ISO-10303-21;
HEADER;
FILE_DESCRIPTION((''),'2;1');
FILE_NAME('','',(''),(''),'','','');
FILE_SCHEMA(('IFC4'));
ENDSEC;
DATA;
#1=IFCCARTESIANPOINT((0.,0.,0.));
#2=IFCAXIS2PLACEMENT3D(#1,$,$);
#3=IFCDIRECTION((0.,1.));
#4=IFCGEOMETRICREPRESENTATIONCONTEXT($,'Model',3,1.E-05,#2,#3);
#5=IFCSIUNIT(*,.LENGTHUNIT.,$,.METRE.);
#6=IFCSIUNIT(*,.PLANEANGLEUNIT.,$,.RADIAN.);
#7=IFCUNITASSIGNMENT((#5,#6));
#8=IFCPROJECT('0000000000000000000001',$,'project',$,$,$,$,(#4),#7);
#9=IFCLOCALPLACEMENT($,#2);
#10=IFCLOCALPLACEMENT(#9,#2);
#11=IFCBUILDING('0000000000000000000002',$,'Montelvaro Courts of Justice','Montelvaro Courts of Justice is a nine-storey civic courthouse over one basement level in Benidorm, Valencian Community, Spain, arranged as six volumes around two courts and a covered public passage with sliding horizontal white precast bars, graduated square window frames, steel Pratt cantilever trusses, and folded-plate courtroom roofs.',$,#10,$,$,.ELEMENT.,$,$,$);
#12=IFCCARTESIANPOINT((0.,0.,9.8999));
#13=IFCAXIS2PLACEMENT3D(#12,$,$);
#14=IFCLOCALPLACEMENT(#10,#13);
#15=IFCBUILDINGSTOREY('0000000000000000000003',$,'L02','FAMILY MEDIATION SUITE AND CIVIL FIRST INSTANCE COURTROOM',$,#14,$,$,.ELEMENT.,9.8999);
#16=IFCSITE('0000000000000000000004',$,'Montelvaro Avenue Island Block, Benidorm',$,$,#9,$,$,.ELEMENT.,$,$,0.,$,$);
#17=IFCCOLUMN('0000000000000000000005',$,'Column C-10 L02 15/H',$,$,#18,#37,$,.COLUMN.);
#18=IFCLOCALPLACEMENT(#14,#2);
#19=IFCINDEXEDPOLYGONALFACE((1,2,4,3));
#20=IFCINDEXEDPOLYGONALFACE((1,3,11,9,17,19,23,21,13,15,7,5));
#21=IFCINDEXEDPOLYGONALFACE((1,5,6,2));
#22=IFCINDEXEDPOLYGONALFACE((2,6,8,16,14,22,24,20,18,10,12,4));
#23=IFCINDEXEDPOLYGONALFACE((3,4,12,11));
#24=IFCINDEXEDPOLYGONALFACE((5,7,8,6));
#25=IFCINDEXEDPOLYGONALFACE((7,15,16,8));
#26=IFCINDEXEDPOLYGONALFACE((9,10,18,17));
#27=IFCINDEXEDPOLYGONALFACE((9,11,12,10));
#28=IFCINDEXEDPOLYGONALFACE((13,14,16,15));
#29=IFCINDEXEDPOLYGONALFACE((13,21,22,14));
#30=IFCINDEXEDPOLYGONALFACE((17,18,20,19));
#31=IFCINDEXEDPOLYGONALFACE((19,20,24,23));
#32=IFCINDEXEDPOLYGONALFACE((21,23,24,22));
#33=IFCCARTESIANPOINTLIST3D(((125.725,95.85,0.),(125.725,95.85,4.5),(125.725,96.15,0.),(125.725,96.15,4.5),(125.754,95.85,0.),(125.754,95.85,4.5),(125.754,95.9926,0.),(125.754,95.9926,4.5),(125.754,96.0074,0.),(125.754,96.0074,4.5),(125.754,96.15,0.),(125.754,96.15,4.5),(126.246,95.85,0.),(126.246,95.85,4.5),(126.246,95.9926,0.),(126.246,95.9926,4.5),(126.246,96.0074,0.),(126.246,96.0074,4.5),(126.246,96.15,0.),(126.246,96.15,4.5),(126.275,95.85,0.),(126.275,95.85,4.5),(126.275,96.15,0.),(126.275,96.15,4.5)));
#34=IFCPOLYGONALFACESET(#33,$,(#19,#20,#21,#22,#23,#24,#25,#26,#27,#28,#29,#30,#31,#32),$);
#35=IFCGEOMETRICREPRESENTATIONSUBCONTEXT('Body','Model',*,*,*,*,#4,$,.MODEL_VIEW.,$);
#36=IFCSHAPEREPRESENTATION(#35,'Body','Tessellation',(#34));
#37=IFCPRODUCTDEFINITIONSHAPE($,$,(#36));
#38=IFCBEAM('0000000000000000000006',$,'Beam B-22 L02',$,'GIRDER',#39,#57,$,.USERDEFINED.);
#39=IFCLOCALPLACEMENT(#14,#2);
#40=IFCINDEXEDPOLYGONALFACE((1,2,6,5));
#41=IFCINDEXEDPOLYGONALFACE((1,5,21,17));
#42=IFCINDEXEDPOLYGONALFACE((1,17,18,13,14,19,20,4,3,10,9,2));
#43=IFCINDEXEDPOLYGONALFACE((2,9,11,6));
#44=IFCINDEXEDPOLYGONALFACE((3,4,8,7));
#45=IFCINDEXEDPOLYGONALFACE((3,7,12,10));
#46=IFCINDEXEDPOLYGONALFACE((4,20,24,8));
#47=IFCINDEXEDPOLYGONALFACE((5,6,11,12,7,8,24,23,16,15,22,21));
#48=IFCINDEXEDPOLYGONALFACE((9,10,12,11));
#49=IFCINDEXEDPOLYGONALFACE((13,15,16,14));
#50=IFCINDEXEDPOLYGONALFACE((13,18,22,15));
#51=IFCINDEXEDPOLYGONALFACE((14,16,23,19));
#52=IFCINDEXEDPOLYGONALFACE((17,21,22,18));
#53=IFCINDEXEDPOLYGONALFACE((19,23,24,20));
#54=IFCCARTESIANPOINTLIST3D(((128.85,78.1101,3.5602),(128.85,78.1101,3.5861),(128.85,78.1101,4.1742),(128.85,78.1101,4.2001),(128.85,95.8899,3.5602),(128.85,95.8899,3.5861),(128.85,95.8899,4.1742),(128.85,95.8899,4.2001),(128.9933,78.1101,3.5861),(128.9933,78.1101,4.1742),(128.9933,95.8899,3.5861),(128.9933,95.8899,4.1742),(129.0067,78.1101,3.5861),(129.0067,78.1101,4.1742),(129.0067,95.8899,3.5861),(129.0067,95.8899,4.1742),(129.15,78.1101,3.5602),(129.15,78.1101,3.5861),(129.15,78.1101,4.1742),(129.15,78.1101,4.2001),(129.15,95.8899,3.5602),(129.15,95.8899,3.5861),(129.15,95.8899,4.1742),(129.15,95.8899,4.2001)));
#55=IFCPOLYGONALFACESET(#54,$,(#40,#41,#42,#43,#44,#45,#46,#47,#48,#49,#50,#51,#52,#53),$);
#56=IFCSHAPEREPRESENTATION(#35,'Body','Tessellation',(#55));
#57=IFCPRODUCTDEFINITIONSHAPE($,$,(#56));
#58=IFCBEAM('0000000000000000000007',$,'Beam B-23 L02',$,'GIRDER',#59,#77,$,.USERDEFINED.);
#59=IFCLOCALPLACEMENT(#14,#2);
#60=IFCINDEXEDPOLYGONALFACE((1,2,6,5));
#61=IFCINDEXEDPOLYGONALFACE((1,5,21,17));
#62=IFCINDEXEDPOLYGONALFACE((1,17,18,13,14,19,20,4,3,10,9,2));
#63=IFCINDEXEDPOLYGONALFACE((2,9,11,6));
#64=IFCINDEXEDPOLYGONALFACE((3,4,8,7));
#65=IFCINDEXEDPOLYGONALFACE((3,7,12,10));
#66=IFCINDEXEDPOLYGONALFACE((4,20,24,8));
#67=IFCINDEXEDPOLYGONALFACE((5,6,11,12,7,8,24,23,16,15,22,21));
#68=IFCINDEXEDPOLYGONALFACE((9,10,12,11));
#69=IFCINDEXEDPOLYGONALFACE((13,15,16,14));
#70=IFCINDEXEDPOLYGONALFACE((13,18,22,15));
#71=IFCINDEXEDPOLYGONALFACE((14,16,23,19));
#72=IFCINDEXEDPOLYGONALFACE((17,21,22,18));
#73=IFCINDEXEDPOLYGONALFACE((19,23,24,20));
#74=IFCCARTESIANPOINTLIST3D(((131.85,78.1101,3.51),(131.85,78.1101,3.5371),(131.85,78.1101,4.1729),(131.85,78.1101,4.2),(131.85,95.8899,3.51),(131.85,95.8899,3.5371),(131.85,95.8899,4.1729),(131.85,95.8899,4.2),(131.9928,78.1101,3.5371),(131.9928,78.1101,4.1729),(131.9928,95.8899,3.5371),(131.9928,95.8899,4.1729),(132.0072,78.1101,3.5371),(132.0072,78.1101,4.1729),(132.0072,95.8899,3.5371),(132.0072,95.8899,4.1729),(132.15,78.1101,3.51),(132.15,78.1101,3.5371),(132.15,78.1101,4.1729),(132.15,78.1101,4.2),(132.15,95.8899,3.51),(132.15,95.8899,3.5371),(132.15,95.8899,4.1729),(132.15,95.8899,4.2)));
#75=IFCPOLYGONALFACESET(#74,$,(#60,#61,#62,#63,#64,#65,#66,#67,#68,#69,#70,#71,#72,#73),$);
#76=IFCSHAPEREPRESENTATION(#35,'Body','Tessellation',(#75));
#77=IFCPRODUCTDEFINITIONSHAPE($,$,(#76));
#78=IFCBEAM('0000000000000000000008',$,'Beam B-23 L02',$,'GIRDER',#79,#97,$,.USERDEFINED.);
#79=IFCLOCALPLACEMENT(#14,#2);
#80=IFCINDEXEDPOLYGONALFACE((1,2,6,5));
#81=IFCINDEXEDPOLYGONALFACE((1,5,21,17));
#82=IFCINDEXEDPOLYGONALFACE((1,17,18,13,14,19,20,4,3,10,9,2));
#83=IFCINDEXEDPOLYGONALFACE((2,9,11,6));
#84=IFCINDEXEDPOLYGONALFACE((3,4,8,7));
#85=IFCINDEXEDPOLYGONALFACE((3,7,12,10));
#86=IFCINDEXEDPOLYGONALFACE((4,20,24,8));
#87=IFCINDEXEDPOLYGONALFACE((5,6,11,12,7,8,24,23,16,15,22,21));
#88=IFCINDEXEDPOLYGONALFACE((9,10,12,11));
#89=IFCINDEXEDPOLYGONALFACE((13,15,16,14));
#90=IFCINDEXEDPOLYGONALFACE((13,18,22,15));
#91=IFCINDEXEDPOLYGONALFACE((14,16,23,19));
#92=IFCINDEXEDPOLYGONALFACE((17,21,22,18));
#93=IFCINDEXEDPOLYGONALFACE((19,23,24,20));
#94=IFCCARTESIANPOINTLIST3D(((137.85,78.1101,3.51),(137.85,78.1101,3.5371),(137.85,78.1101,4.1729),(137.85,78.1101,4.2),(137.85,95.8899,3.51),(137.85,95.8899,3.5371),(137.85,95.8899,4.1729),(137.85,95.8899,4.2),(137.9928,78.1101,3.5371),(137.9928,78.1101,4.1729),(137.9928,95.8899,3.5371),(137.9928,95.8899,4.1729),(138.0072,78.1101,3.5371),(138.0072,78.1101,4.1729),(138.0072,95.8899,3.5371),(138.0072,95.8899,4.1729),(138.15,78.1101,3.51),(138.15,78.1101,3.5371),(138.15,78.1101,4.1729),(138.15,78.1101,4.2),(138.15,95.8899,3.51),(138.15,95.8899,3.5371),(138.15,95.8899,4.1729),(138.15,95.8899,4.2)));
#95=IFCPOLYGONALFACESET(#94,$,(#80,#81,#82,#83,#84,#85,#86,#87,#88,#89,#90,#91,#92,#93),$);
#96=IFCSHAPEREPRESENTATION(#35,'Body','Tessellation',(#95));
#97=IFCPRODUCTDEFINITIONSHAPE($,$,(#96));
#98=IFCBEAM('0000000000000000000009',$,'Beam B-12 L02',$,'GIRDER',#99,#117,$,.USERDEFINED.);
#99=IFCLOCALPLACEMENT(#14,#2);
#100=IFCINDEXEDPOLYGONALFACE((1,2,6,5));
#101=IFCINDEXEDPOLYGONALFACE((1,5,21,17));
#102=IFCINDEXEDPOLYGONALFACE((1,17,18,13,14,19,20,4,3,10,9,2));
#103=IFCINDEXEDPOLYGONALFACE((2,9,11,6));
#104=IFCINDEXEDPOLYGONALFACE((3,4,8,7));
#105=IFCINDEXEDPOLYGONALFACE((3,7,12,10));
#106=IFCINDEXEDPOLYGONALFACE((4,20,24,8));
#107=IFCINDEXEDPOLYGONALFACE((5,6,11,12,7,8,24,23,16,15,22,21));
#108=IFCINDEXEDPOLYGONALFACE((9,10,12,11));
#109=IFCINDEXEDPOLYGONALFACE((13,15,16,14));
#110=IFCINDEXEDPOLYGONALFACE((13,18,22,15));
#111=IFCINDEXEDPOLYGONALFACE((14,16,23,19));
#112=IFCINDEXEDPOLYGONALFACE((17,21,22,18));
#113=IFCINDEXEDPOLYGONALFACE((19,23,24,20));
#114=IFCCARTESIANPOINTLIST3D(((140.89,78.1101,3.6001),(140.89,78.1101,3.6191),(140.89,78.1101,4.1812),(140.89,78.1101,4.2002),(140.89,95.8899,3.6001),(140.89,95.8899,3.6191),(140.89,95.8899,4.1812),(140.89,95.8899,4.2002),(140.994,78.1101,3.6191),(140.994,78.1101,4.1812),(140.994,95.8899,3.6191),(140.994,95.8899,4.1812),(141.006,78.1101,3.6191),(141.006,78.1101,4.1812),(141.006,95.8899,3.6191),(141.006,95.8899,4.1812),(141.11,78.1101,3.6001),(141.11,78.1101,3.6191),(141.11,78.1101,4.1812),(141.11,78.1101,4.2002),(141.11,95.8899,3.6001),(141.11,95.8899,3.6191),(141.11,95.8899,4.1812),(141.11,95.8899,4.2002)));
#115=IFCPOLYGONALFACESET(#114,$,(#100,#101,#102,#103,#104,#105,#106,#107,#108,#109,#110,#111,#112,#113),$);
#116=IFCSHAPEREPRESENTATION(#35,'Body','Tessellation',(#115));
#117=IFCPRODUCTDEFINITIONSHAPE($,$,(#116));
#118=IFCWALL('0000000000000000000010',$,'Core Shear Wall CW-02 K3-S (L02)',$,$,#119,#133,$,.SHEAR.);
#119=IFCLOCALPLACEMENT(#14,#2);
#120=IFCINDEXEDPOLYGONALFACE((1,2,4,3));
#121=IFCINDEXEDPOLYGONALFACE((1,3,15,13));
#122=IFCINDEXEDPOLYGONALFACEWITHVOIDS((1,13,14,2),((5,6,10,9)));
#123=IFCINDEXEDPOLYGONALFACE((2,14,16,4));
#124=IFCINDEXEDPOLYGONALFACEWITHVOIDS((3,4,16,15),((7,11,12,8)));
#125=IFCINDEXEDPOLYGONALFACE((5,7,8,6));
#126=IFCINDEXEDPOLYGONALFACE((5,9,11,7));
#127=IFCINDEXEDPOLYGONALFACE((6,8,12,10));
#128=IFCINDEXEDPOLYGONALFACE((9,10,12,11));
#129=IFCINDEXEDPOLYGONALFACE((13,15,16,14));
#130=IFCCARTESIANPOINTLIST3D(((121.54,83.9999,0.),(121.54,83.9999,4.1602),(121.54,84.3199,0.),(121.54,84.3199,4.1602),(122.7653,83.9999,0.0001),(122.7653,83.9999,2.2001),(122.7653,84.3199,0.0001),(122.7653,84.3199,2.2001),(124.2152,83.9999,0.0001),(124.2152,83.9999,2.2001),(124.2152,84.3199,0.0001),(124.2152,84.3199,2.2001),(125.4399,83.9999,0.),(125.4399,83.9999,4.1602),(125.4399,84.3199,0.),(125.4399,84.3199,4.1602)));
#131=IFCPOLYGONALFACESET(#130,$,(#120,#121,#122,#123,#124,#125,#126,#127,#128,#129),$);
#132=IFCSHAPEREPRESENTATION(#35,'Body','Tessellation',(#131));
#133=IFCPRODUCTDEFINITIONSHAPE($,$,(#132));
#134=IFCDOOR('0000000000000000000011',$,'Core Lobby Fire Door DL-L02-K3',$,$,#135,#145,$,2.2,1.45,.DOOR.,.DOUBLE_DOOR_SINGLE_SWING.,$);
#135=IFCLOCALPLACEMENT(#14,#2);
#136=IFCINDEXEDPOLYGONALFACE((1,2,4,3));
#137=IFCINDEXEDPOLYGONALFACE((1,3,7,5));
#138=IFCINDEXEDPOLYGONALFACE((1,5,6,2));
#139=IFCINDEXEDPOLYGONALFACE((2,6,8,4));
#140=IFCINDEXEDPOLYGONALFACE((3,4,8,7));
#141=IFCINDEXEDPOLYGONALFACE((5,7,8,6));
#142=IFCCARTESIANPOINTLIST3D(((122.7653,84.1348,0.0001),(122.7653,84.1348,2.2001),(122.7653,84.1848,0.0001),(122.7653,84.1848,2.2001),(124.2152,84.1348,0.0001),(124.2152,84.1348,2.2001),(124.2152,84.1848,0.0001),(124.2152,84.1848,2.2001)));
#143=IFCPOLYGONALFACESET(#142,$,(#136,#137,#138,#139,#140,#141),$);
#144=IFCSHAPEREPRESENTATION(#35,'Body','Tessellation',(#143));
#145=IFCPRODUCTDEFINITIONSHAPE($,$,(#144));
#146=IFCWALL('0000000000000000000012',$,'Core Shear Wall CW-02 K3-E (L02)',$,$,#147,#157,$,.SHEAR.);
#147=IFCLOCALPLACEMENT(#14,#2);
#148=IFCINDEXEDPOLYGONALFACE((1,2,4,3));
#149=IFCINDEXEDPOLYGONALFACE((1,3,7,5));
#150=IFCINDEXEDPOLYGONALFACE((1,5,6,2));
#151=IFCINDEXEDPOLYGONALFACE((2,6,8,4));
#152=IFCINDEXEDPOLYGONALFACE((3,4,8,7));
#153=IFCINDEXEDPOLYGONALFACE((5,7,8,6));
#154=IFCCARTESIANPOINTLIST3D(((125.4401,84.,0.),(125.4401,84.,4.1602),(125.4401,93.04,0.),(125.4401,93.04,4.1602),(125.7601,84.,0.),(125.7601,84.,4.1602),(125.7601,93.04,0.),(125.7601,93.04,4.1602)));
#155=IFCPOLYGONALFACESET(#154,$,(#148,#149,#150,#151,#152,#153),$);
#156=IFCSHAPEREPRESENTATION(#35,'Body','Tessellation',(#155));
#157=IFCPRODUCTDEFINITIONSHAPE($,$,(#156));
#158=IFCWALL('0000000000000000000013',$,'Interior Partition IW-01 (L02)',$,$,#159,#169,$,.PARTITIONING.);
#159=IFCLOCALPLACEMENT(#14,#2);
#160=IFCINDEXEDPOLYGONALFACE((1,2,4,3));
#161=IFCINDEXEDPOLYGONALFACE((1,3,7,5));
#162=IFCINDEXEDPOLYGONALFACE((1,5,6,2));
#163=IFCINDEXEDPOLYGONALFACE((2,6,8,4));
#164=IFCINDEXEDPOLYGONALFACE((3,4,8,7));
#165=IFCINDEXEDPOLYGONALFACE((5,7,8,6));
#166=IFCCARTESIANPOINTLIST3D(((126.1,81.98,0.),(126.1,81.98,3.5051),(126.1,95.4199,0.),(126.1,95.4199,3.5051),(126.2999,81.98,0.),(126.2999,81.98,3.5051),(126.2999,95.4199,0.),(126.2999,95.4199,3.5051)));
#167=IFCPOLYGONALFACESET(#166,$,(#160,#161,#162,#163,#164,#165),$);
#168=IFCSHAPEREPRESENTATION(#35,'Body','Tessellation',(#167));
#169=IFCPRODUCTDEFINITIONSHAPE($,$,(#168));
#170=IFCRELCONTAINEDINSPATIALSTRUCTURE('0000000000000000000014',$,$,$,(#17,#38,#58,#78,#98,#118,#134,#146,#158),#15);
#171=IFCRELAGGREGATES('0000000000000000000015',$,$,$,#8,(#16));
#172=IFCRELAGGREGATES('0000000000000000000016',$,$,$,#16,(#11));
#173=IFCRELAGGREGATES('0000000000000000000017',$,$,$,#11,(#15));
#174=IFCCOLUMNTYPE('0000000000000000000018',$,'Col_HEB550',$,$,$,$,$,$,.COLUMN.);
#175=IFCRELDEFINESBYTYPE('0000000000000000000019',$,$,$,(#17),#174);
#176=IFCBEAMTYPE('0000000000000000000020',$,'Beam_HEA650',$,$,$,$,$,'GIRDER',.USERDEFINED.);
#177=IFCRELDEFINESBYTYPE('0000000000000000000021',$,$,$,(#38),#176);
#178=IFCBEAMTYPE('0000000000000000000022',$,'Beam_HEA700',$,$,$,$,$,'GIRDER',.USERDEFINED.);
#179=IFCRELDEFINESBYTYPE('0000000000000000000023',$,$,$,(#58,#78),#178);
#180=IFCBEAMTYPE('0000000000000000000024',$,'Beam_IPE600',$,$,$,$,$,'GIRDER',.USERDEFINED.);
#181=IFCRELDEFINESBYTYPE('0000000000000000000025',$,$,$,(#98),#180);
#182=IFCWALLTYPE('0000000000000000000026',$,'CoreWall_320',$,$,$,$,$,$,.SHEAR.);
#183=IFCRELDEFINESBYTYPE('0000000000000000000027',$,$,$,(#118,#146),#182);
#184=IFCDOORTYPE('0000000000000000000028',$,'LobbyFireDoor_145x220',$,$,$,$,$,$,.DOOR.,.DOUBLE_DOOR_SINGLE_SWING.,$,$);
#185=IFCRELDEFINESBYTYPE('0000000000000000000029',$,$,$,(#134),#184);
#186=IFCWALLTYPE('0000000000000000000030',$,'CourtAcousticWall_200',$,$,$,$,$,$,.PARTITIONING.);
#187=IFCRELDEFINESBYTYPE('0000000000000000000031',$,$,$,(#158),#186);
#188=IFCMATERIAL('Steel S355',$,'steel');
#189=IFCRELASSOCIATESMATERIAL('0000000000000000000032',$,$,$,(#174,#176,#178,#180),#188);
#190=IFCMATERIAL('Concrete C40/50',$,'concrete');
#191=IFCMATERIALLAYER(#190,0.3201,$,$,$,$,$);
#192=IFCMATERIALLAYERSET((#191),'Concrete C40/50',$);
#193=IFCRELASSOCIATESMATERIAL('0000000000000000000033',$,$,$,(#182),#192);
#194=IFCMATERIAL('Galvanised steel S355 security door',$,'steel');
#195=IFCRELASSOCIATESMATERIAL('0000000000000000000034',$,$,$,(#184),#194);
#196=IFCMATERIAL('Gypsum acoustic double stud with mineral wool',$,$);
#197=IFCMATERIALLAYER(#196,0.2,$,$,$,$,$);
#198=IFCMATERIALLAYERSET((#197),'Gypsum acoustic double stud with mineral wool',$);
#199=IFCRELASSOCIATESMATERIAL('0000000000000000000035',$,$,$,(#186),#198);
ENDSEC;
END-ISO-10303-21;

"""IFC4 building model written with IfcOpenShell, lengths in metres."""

from ifc_helpers import new_model, si_unit, direction, frame, frame_2d, origin, origin_2d, place, context, subcontext, project, spatial, rectangle, i_section, extrude, material, layer, layer_set, material_profile, profile_set, type_object, element, fill, save


model = new_model("IFC4")

# Units and contexts
model_context = context("Model", 3, precision=1e-05, world=origin(), true_north=direction((0.0, 1.0)))
body_context = subcontext(model_context, "Body", "Model", "MODEL_VIEW")
ifc_project = project(units=[si_unit("LENGTHUNIT", "METRE"), si_unit("PLANEANGLEUNIT", "RADIAN")], contexts=[model_context])

# Site, building, storey
site_placement = place(None, origin())
site = spatial("IfcSite", under=ifc_project, at=site_placement, Name="Montelvaro Avenue Island Block, Benidorm", CompositionType="ELEMENT", RefElevation=0.0)
building_placement = place(site_placement, origin())
building = spatial("IfcBuilding", under=site, at=building_placement, Name="Montelvaro Courts of Justice", Description="Montelvaro Courts of Justice is a nine-storey civic courthouse over one basement level in Benidorm, Valencian Community, Spain, arranged as six volumes around two courts and a covered public passage with sliding horizontal white precast bars, graduated square window frames, steel Pratt cantilever trusses, and folded-plate courtroom roofs.", CompositionType="ELEMENT")
storey_placement = place(building_placement, frame((0.0, 0.0, 9.8999)))
storey = spatial("IfcBuildingStorey", under=building, at=storey_placement, Name="L02", Description="FAMILY MEDIATION SUITE AND CIVIL FIRST INSTANCE COURTROOM", CompositionType="ELEMENT", Elevation=9.8999)

# Column
ifc_material_1 = material(Name="Steel S355", Category="steel")
ifc_material_profile_1 = material_profile(ifc_material_1, i_section(OverallWidth=0.3, OverallDepth=0.55, WebThickness=0.0149, FlangeThickness=0.0291, at=origin_2d()), Name="HEB 550")
ifc_profile_set_1 = profile_set([ifc_material_profile_1], Name="Steel S355")
column_type = type_object("IfcColumnType", Name="Col_HEB550", PredefinedType="COLUMN", material=ifc_profile_set_1)
column_placement = place(storey_placement, frame((126.0, 96.0, 0.0), z_axis=(0.0, 0.0, 1.0), x_axis=(0.0, 1.0, 0.0)))
element("IfcColumn", 1, at=column_placement, inside=storey, type_object=column_type, Name="Column C-10 L02 15/H", PredefinedType="COLUMN", context=body_context, shape_type="SweptSolid", body=[
    extrude(i_section(OverallWidth=0.3, OverallDepth=0.55, WebThickness=0.0149, FlangeThickness=0.0291, at=origin_2d()), origin(), (0.0, 0.0, 1.0), 4.5),
])

# Beams
ifc_material_profile_2 = material_profile(ifc_material_1, i_section(OverallWidth=0.3, OverallDepth=0.6399, WebThickness=0.0134, FlangeThickness=0.0259, at=origin_2d()), Name="HEA 650")
ifc_profile_set_2 = profile_set([ifc_material_profile_2], Name="Steel S355")
beam_type_1 = type_object("IfcBeamType", Name="Beam_HEA650", ElementType="GIRDER", PredefinedType="USERDEFINED", material=ifc_profile_set_2)
beam_1_placement = place(storey_placement, frame((129.0, 78.1101, 3.8801), z_axis=(0.0, 1.0, 0.0), x_axis=(-1.0, 0.0, 0.0)))
element("IfcBeam", 2, at=beam_1_placement, inside=storey, type_object=beam_type_1, Name="Beam B-22 L02", ObjectType="GIRDER", PredefinedType="USERDEFINED", context=body_context, shape_type="SweptSolid", body=[
    extrude(i_section(OverallWidth=0.3, OverallDepth=0.6399, WebThickness=0.0134, FlangeThickness=0.0259, at=origin_2d()), origin(), (0.0, 0.0, 1.0), 17.7798),
])
ifc_material_profile_3 = material_profile(ifc_material_1, i_section(OverallWidth=0.3, OverallDepth=0.6899, WebThickness=0.0144, FlangeThickness=0.0271, at=origin_2d()), Name="HEA 700")
ifc_profile_set_3 = profile_set([ifc_material_profile_3], Name="Steel S355")
beam_type_2 = type_object("IfcBeamType", Name="Beam_HEA700", ElementType="GIRDER", PredefinedType="USERDEFINED", material=ifc_profile_set_3)
for number, where, z_axis, x_axis, name in (
    (3, (132.0, 78.1101, 3.855), (0.0, 1.0, 0.0), (-1.0, 0.0, 0.0), "Beam B-23 L02"),
    (4, (138.0, 78.1101, 3.855), (0.0, 1.0, 0.0), (-1.0, 0.0, 0.0), "Beam B-23 L02"),
):
    element("IfcBeam", number, at=place(storey_placement, frame(where, z_axis=z_axis, x_axis=x_axis)), inside=storey, type_object=beam_type_2, Name=name, ObjectType="GIRDER", PredefinedType="USERDEFINED", context=body_context, shape_type="SweptSolid", body=[
        extrude(i_section(OverallWidth=0.3, OverallDepth=0.6899, WebThickness=0.0144, FlangeThickness=0.0271, at=origin_2d()), origin(), (0.0, 0.0, 1.0), 17.7798),
    ])
ifc_material_profile_4 = material_profile(ifc_material_1, i_section(OverallWidth=0.22, OverallDepth=0.6001, WebThickness=0.012, FlangeThickness=0.019, at=origin_2d()), Name="IPE 600")
ifc_profile_set_4 = profile_set([ifc_material_profile_4], Name="Steel S355")
beam_type_3 = type_object("IfcBeamType", Name="Beam_IPE600", ElementType="GIRDER", PredefinedType="USERDEFINED", material=ifc_profile_set_4)
beam_2_placement = place(storey_placement, frame((141.0, 78.1101, 3.9001), z_axis=(0.0, 1.0, 0.0), x_axis=(-1.0, 0.0, 0.0)))
element("IfcBeam", 5, at=beam_2_placement, inside=storey, type_object=beam_type_3, Name="Beam B-12 L02", ObjectType="GIRDER", PredefinedType="USERDEFINED", context=body_context, shape_type="SweptSolid", body=[
    extrude(i_section(OverallWidth=0.22, OverallDepth=0.6001, WebThickness=0.012, FlangeThickness=0.019, at=origin_2d()), origin(), (0.0, 0.0, 1.0), 17.7798),
])

# Wall, opening, door
ifc_material_2 = material(Name="Concrete C40/50", Category="concrete")
ifc_layer_1 = layer(ifc_material_2, 0.3201)
ifc_layer_set_1 = layer_set([ifc_layer_1], Name="Concrete C40/50")
wall_type_1 = type_object("IfcWallType", Name="CoreWall_320", PredefinedType="SHEAR", material=ifc_layer_set_1)
wall_1_placement = place(storey_placement, frame((121.54, 84.1599, 0.0), z_axis=(0.0, 0.0, 1.0), x_axis=(1.0, 0.0, 0.0)))
wall_1 = element("IfcWall", 6, at=wall_1_placement, inside=storey, type_object=wall_type_1, Name="Core Shear Wall CW-02 K3-S (L02)", PredefinedType="SHEAR", context=body_context, shape_type="SweptSolid", body=[
    extrude(rectangle(XDim=3.8999, YDim=0.3201, at=frame_2d((1.95, 0.0))), origin(), (0.0, 0.0, 1.0), 4.1602),
])
opening_1_placement = place(wall_1_placement, frame((1.2251, 0.0, 0.0)))
opening_1 = element("IfcOpeningElement", 7, at=opening_1_placement, cuts=wall_1, PredefinedType="OPENING", context=body_context, shape_type="SweptSolid", body=[
    extrude(rectangle(XDim=1.45, YDim=2.2, at=frame_2d((0.7251, 1.1001))), frame((0.0, 0.1748, 0.0), z_axis=(0.0, -1.0, 0.0), x_axis=(1.0, 0.0, 0.0)), (0.0, 0.0, 1.0), 0.3499),
])
ifc_material_3 = material(Name="Galvanised steel S355 security door", Category="steel")
door_type_1 = type_object("IfcDoorType", Name="LobbyFireDoor_145x220", OperationType="DOUBLE_DOOR_SINGLE_SWING", PredefinedType="DOOR", material=ifc_material_3)
door_1_placement = place(opening_1_placement, origin())
door_1 = element("IfcDoor", 8, at=door_1_placement, inside=storey, type_object=door_type_1, Name="Core Lobby Fire Door DL-L02-K3", OperationType="DOUBLE_DOOR_SINGLE_SWING", OverallHeight=2.2, OverallWidth=1.45, PredefinedType="DOOR", context=body_context, shape_type="SweptSolid", body=[
    extrude(rectangle(XDim=1.45, YDim=2.2, at=frame_2d((0.7251, 1.1001))), frame((0.0, 0.0249, 0.0), z_axis=(0.0, -1.0, 0.0), x_axis=(1.0, 0.0, 0.0)), (0.0, 0.0, 1.0), 0.05),
])
fill(opening_1, door_1)

# Walls
wall_2_placement = place(storey_placement, frame((125.6001, 84.0, 0.0), z_axis=(0.0, 0.0, 1.0), x_axis=(0.0, 1.0, 0.0)))
element("IfcWall", 9, at=wall_2_placement, inside=storey, type_object=wall_type_1, Name="Core Shear Wall CW-02 K3-E (L02)", PredefinedType="SHEAR", context=body_context, shape_type="SweptSolid", body=[
    extrude(rectangle(XDim=9.04, YDim=0.3201, at=frame_2d((4.52, 0.0))), origin(), (0.0, 0.0, 1.0), 4.1602),
])
ifc_material_4 = material(Name="Gypsum acoustic double stud with mineral wool")
ifc_layer_2 = layer(ifc_material_4, 0.2)
ifc_layer_set_2 = layer_set([ifc_layer_2], Name="Gypsum acoustic double stud with mineral wool")
wall_type_2 = type_object("IfcWallType", Name="CourtAcousticWall_200", PredefinedType="PARTITIONING", material=ifc_layer_set_2)
wall_3_placement = place(storey_placement, frame((126.2, 81.98, 0.0), z_axis=(0.0, 0.0, 1.0), x_axis=(0.0, 1.0, 0.0)))
element("IfcWall", 10, at=wall_3_placement, inside=storey, type_object=wall_type_2, Name="Interior Partition IW-01 (L02)", PredefinedType="PARTITIONING", context=body_context, shape_type="SweptSolid", body=[
    extrude(rectangle(XDim=13.4399, YDim=0.2, at=frame_2d((6.72, 0.0))), origin(), (0.0, 0.0, 1.0), 3.5051),
])

save(model, "model.ifc")
